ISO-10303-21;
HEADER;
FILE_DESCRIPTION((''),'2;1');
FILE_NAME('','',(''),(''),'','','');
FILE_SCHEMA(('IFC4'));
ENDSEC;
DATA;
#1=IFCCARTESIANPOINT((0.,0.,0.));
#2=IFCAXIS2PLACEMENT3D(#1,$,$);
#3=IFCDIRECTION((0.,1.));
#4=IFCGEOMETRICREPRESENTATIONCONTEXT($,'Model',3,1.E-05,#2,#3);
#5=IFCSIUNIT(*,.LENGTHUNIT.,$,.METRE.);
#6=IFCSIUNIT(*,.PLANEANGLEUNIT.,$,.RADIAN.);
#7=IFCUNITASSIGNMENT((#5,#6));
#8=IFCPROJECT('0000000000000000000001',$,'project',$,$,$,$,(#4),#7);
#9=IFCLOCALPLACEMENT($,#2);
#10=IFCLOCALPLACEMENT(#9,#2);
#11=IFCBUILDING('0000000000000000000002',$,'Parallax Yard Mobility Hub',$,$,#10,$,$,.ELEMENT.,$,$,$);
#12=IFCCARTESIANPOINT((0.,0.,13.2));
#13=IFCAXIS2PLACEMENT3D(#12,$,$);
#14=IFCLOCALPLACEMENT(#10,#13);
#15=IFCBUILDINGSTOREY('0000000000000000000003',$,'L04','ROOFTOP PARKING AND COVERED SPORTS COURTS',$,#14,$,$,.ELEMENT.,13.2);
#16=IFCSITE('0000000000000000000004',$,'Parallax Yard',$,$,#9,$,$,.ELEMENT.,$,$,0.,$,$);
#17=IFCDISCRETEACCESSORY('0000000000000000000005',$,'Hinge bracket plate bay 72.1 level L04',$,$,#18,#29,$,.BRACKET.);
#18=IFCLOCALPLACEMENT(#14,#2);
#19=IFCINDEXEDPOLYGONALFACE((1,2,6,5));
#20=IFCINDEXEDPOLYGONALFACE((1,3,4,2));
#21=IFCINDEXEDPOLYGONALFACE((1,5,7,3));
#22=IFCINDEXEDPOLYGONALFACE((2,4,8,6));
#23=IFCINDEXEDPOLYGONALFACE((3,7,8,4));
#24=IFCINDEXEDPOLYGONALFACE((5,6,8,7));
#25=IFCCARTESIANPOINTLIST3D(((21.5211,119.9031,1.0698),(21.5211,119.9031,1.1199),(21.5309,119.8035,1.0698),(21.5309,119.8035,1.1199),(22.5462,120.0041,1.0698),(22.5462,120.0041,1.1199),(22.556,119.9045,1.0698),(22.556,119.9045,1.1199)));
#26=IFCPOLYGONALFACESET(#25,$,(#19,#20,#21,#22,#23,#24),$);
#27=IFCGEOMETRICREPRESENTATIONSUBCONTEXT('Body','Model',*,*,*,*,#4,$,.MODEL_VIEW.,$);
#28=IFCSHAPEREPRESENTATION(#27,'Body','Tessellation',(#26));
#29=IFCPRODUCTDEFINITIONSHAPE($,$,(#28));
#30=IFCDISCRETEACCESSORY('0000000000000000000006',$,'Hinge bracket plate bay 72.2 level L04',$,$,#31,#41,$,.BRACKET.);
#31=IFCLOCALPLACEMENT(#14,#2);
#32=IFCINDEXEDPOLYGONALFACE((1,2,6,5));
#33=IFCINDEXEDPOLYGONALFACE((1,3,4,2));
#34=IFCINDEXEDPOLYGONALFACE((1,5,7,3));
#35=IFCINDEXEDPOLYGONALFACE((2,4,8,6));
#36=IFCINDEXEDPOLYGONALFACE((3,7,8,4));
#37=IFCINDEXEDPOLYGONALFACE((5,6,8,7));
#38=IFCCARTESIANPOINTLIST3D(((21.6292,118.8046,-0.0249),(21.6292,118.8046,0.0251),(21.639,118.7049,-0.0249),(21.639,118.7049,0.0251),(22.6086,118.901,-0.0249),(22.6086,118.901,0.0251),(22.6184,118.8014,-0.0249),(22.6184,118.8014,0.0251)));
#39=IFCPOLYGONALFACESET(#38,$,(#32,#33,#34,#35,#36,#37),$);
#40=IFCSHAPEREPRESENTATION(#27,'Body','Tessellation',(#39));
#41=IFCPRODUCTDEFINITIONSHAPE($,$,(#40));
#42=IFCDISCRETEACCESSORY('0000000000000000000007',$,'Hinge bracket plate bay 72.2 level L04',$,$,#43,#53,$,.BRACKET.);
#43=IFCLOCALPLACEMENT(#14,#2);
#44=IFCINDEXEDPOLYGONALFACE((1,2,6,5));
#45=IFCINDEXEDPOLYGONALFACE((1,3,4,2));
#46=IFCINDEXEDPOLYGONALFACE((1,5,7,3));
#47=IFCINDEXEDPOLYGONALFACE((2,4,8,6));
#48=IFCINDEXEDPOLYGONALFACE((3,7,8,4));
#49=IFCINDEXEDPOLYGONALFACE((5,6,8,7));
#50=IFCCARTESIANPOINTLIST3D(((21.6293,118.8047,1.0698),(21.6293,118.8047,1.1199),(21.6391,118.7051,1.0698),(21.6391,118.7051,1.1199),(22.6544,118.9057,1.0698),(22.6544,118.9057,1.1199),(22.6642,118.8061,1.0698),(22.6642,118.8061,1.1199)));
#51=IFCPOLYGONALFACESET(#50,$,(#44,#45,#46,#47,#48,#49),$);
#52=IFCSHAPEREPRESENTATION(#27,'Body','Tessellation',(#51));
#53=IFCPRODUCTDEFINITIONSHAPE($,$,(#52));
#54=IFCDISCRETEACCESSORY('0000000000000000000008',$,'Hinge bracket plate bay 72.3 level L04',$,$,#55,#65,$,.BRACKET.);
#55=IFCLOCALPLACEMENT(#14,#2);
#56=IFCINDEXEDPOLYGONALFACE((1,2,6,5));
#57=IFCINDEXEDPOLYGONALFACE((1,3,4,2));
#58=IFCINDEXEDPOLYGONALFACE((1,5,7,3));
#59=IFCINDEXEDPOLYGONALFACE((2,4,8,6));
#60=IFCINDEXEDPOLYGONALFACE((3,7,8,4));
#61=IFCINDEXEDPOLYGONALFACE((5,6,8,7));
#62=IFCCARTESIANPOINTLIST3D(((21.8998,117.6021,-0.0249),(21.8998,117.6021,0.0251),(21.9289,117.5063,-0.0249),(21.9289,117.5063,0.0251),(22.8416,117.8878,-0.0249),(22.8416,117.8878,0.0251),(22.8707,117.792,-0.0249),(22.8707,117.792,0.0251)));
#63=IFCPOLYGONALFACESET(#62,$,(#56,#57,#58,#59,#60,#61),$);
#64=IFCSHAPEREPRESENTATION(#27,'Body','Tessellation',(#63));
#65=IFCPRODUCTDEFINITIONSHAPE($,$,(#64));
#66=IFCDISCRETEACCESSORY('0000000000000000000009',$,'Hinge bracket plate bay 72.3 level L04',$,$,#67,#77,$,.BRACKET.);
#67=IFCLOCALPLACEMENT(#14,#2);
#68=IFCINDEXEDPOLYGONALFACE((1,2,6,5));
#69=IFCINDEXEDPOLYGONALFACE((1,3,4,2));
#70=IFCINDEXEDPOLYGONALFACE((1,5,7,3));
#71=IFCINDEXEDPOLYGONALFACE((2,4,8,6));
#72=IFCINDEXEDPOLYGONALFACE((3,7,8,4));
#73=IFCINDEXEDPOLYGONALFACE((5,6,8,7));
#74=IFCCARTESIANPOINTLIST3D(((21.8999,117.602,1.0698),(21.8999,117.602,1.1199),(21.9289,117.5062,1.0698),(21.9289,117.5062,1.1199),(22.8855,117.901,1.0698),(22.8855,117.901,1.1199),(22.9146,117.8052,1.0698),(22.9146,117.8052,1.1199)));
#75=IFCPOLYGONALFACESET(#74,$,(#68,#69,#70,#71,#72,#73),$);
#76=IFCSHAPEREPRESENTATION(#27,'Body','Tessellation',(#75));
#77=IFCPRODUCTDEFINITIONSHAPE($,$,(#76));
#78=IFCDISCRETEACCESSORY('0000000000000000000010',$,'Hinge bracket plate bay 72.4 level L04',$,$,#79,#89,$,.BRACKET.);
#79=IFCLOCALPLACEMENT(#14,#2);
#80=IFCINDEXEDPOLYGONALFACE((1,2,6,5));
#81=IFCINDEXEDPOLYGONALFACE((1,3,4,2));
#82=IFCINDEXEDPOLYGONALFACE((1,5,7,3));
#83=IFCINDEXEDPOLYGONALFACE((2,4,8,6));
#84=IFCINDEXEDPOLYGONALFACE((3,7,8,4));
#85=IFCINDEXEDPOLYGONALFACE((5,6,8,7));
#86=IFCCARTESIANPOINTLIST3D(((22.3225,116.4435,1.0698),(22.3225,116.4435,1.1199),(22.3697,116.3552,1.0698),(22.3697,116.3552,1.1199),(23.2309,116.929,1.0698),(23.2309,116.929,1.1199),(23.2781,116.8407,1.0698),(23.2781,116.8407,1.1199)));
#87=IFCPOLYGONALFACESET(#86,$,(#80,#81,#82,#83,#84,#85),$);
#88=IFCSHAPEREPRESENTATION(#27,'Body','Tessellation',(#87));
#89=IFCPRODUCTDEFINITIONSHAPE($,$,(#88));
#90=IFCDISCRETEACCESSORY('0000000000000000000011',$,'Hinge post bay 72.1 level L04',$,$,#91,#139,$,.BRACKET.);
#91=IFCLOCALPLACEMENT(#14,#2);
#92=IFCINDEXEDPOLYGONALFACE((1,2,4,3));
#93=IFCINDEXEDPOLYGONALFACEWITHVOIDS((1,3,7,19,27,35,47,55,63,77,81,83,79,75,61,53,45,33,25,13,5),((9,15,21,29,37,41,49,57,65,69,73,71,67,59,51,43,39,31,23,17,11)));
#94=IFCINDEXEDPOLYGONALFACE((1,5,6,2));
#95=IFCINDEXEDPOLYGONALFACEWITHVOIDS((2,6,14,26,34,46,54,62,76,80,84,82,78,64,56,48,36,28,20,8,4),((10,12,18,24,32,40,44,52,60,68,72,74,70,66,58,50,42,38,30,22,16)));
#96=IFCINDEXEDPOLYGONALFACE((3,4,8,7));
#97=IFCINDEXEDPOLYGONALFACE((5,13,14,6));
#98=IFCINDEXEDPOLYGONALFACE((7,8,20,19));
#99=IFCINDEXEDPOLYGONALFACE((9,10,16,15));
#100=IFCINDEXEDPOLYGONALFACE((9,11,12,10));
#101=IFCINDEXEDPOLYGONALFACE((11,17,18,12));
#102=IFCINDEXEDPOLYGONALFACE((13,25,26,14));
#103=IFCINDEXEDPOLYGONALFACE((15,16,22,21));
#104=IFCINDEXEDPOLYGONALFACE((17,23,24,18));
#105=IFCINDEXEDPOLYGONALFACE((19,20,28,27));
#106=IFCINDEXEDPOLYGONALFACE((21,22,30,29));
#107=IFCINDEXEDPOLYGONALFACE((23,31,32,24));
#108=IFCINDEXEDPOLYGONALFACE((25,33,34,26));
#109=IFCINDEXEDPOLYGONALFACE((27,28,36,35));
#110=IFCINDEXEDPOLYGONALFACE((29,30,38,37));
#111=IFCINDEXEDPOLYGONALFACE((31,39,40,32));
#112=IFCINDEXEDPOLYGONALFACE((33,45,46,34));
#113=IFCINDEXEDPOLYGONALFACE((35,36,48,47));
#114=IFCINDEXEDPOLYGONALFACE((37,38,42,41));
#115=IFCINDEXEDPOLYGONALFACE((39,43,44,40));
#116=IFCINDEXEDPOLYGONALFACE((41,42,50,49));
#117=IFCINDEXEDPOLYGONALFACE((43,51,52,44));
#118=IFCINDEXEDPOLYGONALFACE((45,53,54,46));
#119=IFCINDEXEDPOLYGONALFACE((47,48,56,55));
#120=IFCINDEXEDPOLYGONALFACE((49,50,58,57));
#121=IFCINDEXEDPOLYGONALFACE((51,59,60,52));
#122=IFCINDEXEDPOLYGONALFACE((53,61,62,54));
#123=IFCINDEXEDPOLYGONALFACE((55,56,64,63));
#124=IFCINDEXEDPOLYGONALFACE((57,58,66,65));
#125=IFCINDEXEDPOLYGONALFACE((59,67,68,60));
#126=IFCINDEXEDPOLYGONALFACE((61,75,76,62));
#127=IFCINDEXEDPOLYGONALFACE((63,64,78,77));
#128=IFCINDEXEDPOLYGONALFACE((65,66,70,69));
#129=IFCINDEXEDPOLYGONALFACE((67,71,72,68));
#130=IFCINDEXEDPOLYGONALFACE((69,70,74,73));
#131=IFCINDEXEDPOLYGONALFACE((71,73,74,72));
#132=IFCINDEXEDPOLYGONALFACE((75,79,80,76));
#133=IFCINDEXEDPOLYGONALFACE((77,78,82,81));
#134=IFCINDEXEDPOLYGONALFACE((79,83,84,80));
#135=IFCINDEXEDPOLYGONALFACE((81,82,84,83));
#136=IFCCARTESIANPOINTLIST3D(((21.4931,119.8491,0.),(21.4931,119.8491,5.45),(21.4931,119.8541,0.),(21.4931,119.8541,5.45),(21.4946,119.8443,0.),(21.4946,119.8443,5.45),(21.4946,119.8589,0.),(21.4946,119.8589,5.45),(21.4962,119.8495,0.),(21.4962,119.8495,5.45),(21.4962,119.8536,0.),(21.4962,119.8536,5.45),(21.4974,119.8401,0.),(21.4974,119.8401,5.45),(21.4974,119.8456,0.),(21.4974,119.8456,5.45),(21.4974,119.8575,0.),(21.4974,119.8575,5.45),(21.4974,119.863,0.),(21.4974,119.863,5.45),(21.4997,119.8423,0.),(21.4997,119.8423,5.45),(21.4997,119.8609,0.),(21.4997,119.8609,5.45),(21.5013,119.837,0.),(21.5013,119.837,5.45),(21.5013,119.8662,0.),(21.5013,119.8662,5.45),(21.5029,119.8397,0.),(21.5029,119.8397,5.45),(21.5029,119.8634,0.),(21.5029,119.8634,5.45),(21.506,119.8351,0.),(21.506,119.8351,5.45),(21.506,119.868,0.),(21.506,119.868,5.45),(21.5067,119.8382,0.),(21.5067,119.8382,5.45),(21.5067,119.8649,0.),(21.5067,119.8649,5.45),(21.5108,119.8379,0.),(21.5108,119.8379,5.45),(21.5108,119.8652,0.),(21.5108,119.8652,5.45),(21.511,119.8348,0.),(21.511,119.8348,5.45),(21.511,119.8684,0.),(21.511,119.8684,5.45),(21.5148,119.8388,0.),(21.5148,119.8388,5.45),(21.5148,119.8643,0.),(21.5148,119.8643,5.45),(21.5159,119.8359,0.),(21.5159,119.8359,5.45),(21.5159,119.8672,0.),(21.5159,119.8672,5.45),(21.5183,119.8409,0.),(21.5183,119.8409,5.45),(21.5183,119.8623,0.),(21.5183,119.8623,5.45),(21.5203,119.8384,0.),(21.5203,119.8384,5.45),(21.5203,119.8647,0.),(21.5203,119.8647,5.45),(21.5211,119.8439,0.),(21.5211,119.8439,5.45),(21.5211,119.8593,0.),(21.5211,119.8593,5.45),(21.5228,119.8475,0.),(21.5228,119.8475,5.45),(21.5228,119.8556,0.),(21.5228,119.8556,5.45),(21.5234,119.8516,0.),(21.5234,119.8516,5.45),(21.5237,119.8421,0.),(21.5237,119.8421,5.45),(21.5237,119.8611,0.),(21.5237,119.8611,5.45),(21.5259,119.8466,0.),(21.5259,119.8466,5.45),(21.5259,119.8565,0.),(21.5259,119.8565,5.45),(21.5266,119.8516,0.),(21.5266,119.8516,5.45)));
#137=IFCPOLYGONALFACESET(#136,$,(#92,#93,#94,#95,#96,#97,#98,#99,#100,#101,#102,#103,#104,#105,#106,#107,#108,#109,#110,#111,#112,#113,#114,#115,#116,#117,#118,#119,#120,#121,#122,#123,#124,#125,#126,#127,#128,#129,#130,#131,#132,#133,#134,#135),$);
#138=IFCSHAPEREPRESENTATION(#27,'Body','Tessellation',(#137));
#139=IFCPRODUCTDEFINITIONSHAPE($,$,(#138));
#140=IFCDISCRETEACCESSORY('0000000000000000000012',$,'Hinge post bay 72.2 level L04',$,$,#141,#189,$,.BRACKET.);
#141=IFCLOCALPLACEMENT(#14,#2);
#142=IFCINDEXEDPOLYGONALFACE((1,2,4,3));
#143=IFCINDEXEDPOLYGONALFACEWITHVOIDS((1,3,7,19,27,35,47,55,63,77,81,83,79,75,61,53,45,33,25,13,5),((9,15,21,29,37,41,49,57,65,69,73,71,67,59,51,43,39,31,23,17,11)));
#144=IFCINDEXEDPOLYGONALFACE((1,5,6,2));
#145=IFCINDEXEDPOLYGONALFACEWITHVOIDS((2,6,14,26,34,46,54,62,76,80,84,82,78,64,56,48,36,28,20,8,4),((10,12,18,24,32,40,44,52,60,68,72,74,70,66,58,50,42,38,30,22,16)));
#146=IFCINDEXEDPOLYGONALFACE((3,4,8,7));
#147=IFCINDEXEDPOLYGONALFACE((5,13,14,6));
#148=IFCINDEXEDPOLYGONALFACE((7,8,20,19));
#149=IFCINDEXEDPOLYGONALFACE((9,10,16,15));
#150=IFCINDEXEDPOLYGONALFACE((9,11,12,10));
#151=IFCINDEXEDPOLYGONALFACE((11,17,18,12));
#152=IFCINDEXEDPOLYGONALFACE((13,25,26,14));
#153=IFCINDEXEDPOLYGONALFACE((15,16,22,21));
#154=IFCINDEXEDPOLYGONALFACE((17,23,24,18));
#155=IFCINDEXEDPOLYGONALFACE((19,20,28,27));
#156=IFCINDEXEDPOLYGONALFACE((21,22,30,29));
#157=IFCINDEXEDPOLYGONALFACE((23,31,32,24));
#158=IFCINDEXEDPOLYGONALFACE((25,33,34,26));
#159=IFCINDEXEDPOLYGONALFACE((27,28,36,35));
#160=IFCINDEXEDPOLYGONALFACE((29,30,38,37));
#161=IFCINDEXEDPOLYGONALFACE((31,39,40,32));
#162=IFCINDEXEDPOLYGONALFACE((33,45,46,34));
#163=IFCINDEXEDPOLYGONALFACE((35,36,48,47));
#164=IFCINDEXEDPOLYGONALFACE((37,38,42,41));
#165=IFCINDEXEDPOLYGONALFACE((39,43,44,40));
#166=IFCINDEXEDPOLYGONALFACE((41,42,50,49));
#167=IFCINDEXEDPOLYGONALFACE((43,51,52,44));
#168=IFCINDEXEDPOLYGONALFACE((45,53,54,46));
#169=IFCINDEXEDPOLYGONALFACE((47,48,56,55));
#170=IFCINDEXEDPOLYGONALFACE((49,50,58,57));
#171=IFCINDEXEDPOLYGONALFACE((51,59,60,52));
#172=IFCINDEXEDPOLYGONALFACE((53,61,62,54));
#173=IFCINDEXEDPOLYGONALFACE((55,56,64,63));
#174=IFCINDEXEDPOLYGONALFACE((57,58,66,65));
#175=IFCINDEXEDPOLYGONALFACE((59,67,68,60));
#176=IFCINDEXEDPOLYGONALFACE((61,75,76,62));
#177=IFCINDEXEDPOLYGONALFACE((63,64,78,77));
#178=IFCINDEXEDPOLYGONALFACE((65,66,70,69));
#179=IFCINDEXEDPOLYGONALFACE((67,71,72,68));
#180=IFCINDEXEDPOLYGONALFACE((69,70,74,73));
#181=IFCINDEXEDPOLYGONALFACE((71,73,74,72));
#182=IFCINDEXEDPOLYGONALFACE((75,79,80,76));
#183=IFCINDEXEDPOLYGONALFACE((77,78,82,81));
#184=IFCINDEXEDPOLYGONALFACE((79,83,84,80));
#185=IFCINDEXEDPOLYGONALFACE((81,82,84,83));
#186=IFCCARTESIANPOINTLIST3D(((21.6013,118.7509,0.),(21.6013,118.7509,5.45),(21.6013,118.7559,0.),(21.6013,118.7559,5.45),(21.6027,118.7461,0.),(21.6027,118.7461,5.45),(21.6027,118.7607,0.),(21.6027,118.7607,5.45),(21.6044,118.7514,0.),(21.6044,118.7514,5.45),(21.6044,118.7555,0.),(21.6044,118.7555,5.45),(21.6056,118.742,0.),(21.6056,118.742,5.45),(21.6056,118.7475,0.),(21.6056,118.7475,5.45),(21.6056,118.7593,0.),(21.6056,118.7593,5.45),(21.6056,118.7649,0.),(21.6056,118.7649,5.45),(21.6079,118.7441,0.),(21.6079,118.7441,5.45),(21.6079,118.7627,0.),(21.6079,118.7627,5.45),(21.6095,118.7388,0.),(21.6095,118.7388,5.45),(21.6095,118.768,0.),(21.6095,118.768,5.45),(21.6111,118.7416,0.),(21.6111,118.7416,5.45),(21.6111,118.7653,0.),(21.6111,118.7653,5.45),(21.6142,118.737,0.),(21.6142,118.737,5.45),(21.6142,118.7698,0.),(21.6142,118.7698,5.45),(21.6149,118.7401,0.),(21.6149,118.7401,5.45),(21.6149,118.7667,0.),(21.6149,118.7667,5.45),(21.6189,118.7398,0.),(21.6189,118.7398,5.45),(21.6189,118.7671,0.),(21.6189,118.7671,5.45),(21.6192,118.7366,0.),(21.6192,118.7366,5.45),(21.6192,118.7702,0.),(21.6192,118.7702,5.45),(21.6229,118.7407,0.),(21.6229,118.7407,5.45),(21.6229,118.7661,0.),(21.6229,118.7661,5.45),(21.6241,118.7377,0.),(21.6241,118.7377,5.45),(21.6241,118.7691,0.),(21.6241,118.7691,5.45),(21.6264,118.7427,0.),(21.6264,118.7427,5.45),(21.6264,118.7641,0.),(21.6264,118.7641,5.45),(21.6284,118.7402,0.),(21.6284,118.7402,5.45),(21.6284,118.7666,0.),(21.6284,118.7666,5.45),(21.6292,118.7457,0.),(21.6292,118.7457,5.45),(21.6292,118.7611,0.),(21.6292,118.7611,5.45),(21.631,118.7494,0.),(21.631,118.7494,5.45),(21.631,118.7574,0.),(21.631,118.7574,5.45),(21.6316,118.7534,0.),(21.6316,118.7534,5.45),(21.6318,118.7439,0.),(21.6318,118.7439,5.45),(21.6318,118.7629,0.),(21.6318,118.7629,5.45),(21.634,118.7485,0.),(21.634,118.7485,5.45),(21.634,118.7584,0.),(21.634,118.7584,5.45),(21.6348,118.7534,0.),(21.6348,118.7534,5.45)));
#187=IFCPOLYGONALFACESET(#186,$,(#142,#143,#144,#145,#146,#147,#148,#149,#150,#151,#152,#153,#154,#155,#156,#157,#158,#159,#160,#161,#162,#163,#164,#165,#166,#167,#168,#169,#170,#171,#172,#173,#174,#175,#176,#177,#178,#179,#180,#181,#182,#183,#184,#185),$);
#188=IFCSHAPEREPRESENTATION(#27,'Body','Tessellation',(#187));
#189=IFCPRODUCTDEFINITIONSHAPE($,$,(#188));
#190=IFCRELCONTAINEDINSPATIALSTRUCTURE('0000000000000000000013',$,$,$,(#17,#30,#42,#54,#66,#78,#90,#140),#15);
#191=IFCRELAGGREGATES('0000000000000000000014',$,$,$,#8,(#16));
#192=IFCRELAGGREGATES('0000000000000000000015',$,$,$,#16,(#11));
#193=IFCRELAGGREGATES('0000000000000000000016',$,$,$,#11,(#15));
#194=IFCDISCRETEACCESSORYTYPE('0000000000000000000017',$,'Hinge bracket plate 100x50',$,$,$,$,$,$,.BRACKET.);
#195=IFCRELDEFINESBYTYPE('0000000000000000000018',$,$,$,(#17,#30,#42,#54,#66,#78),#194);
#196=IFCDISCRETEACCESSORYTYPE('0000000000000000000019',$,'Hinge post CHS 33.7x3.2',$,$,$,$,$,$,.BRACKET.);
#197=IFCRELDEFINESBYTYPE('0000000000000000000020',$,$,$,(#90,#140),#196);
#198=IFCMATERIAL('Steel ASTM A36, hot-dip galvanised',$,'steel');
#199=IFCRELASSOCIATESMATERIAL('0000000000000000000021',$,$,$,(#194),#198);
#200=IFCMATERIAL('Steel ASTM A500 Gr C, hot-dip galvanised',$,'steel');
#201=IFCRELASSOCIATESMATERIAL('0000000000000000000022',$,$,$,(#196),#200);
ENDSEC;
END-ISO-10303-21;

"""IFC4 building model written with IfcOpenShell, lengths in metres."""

from ifc_helpers import new_model, si_unit, direction, frame, origin, origin_2d, place, context, subcontext, project, spatial, rectangle, hollow_circle, extrude, material, material_profile, profile_set, type_object, element, save


model = new_model("IFC4")

# Units and contexts
model_context = context("Model", 3, precision=1e-05, world=origin(), true_north=direction((0.0, 1.0)))
body_context = subcontext(model_context, "Body", "Model", "MODEL_VIEW")
ifc_project = project(units=[si_unit("LENGTHUNIT", "METRE"), si_unit("PLANEANGLEUNIT", "RADIAN")], contexts=[model_context])

# Site, building, storey
site_placement = place(None, origin())
site = spatial("IfcSite", under=ifc_project, at=site_placement, Name="Parallax Yard", CompositionType="ELEMENT", RefElevation=0.0)
building_placement = place(site_placement, origin())
building = spatial("IfcBuilding", under=site, at=building_placement, Name="Parallax Yard Mobility Hub", CompositionType="ELEMENT")
storey_placement = place(building_placement, frame((0.0, 0.0, 13.2)))
storey = spatial("IfcBuildingStorey", under=building, at=storey_placement, Name="L04", Description="ROOFTOP PARKING AND COVERED SPORTS COURTS", CompositionType="ELEMENT", Elevation=13.2)

# Discrete accessories
ifc_material_1 = material(Name="Steel ASTM A36, hot-dip galvanised", Category="steel")
discrete_accessory_type_1 = type_object("IfcDiscreteAccessoryType", Name="Hinge bracket plate 100x50", PredefinedType="BRACKET", material=ifc_material_1)
discrete_accessory_1_placement = place(storey_placement, frame((22.0386, 119.9038, 1.0698), z_axis=(0.0, 0.0, 1.0), x_axis=(-0.995185, -0.098017, 0.0)))
element("IfcDiscreteAccessory", 1, at=discrete_accessory_1_placement, inside=storey, type_object=discrete_accessory_type_1, Name="Hinge bracket plate bay 72.1 level L04", PredefinedType="BRACKET", context=body_context, shape_type="SweptSolid", body=[
    extrude(rectangle(XDim=1.03, YDim=0.1001, at=origin_2d()), origin(), (0.0, 0.0, 1.0), 0.05),
])
discrete_accessory_2_placement = place(storey_placement, frame((22.1238, 118.803, -0.0249), z_axis=(0.0, 0.0, 1.0), x_axis=(-0.995185, -0.098017, 0.0)))
element("IfcDiscreteAccessory", 2, at=discrete_accessory_2_placement, inside=storey, type_object=discrete_accessory_type_1, Name="Hinge bracket plate bay 72.2 level L04", PredefinedType="BRACKET", context=body_context, shape_type="SweptSolid", body=[
    extrude(rectangle(XDim=0.9841, YDim=0.1001, at=origin_2d()), origin(), (0.0, 0.0, 1.0), 0.05),
])
discrete_accessory_3_placement = place(storey_placement, frame((22.1467, 118.8054, 1.0698), z_axis=(0.0, 0.0, 1.0), x_axis=(-0.995185, -0.098017, 0.0)))
element("IfcDiscreteAccessory", 3, at=discrete_accessory_3_placement, inside=storey, type_object=discrete_accessory_type_1, Name="Hinge bracket plate bay 72.2 level L04", PredefinedType="BRACKET", context=body_context, shape_type="SweptSolid", body=[
    extrude(rectangle(XDim=1.03, YDim=0.1001, at=origin_2d()), origin(), (0.0, 0.0, 1.0), 0.05),
])
discrete_accessory_4_placement = place(storey_placement, frame((22.3853, 117.697, -0.0249), z_axis=(0.0, 0.0, 1.0), x_axis=(-0.95694, -0.290285, 0.0)))
element("IfcDiscreteAccessory", 4, at=discrete_accessory_4_placement, inside=storey, type_object=discrete_accessory_type_1, Name="Hinge bracket plate bay 72.3 level L04", PredefinedType="BRACKET", context=body_context, shape_type="SweptSolid", body=[
    extrude(rectangle(XDim=0.9841, YDim=0.1001, at=origin_2d()), origin(), (0.0, 0.0, 1.0), 0.05),
])
for number, where, z_axis, x_axis, name in (
    (5, (22.4072, 117.7036, 1.0698), (0.0, 0.0, 1.0), (-0.95694, -0.290285, 0.0), "Hinge bracket plate bay 72.3 level L04"),
    (6, (22.8003, 116.6421, 1.0698), (0.0, 0.0, 1.0), (-0.881921, -0.471397, 0.0), "Hinge bracket plate bay 72.4 level L04"),
):
    element("IfcDiscreteAccessory", number, at=place(storey_placement, frame(where, z_axis=z_axis, x_axis=x_axis)), inside=storey, type_object=discrete_accessory_type_1, Name=name, PredefinedType="BRACKET", context=body_context, shape_type="SweptSolid", body=[
        extrude(rectangle(XDim=1.03, YDim=0.1001, at=origin_2d()), origin(), (0.0, 0.0, 1.0), 0.05),
    ])
ifc_material_2 = material(Name="Steel ASTM A500 Gr C, hot-dip galvanised", Category="steel")
ifc_material_profile_1 = material_profile(ifc_material_2, hollow_circle(Radius=0.0168, WallThickness=0.0032, at=origin_2d()), Name="CHS 33.7x3.2")
ifc_profile_set_1 = profile_set([ifc_material_profile_1], Name="Steel ASTM A500 Gr C, hot-dip galvanised")
discrete_accessory_type_2 = type_object("IfcDiscreteAccessoryType", Name="Hinge post CHS 33.7x3.2", PredefinedType="BRACKET", material=ifc_profile_set_1)
for number, where, z_axis, x_axis, name in (
    (7, (21.5098, 119.8516, 0.0), (0.0, 0.0, 1.0), (1.0, 0.0, 0.0), "Hinge post bay 72.1 level L04"),
    (8, (21.6179, 118.7534, 0.0), (0.0, 0.0, 1.0), (1.0, 0.0, 0.0), "Hinge post bay 72.2 level L04"),
):
    element("IfcDiscreteAccessory", number, at=place(storey_placement, frame(where, z_axis=z_axis, x_axis=x_axis)), inside=storey, type_object=discrete_accessory_type_2, Name=name, PredefinedType="BRACKET", context=body_context, shape_type="SweptSolid", body=[
        extrude(hollow_circle(Radius=0.0168, WallThickness=0.0032, at=origin_2d()), origin(), (0.0, 0.0, 1.0), 5.45),
    ])

save(model, "model.ifc")
